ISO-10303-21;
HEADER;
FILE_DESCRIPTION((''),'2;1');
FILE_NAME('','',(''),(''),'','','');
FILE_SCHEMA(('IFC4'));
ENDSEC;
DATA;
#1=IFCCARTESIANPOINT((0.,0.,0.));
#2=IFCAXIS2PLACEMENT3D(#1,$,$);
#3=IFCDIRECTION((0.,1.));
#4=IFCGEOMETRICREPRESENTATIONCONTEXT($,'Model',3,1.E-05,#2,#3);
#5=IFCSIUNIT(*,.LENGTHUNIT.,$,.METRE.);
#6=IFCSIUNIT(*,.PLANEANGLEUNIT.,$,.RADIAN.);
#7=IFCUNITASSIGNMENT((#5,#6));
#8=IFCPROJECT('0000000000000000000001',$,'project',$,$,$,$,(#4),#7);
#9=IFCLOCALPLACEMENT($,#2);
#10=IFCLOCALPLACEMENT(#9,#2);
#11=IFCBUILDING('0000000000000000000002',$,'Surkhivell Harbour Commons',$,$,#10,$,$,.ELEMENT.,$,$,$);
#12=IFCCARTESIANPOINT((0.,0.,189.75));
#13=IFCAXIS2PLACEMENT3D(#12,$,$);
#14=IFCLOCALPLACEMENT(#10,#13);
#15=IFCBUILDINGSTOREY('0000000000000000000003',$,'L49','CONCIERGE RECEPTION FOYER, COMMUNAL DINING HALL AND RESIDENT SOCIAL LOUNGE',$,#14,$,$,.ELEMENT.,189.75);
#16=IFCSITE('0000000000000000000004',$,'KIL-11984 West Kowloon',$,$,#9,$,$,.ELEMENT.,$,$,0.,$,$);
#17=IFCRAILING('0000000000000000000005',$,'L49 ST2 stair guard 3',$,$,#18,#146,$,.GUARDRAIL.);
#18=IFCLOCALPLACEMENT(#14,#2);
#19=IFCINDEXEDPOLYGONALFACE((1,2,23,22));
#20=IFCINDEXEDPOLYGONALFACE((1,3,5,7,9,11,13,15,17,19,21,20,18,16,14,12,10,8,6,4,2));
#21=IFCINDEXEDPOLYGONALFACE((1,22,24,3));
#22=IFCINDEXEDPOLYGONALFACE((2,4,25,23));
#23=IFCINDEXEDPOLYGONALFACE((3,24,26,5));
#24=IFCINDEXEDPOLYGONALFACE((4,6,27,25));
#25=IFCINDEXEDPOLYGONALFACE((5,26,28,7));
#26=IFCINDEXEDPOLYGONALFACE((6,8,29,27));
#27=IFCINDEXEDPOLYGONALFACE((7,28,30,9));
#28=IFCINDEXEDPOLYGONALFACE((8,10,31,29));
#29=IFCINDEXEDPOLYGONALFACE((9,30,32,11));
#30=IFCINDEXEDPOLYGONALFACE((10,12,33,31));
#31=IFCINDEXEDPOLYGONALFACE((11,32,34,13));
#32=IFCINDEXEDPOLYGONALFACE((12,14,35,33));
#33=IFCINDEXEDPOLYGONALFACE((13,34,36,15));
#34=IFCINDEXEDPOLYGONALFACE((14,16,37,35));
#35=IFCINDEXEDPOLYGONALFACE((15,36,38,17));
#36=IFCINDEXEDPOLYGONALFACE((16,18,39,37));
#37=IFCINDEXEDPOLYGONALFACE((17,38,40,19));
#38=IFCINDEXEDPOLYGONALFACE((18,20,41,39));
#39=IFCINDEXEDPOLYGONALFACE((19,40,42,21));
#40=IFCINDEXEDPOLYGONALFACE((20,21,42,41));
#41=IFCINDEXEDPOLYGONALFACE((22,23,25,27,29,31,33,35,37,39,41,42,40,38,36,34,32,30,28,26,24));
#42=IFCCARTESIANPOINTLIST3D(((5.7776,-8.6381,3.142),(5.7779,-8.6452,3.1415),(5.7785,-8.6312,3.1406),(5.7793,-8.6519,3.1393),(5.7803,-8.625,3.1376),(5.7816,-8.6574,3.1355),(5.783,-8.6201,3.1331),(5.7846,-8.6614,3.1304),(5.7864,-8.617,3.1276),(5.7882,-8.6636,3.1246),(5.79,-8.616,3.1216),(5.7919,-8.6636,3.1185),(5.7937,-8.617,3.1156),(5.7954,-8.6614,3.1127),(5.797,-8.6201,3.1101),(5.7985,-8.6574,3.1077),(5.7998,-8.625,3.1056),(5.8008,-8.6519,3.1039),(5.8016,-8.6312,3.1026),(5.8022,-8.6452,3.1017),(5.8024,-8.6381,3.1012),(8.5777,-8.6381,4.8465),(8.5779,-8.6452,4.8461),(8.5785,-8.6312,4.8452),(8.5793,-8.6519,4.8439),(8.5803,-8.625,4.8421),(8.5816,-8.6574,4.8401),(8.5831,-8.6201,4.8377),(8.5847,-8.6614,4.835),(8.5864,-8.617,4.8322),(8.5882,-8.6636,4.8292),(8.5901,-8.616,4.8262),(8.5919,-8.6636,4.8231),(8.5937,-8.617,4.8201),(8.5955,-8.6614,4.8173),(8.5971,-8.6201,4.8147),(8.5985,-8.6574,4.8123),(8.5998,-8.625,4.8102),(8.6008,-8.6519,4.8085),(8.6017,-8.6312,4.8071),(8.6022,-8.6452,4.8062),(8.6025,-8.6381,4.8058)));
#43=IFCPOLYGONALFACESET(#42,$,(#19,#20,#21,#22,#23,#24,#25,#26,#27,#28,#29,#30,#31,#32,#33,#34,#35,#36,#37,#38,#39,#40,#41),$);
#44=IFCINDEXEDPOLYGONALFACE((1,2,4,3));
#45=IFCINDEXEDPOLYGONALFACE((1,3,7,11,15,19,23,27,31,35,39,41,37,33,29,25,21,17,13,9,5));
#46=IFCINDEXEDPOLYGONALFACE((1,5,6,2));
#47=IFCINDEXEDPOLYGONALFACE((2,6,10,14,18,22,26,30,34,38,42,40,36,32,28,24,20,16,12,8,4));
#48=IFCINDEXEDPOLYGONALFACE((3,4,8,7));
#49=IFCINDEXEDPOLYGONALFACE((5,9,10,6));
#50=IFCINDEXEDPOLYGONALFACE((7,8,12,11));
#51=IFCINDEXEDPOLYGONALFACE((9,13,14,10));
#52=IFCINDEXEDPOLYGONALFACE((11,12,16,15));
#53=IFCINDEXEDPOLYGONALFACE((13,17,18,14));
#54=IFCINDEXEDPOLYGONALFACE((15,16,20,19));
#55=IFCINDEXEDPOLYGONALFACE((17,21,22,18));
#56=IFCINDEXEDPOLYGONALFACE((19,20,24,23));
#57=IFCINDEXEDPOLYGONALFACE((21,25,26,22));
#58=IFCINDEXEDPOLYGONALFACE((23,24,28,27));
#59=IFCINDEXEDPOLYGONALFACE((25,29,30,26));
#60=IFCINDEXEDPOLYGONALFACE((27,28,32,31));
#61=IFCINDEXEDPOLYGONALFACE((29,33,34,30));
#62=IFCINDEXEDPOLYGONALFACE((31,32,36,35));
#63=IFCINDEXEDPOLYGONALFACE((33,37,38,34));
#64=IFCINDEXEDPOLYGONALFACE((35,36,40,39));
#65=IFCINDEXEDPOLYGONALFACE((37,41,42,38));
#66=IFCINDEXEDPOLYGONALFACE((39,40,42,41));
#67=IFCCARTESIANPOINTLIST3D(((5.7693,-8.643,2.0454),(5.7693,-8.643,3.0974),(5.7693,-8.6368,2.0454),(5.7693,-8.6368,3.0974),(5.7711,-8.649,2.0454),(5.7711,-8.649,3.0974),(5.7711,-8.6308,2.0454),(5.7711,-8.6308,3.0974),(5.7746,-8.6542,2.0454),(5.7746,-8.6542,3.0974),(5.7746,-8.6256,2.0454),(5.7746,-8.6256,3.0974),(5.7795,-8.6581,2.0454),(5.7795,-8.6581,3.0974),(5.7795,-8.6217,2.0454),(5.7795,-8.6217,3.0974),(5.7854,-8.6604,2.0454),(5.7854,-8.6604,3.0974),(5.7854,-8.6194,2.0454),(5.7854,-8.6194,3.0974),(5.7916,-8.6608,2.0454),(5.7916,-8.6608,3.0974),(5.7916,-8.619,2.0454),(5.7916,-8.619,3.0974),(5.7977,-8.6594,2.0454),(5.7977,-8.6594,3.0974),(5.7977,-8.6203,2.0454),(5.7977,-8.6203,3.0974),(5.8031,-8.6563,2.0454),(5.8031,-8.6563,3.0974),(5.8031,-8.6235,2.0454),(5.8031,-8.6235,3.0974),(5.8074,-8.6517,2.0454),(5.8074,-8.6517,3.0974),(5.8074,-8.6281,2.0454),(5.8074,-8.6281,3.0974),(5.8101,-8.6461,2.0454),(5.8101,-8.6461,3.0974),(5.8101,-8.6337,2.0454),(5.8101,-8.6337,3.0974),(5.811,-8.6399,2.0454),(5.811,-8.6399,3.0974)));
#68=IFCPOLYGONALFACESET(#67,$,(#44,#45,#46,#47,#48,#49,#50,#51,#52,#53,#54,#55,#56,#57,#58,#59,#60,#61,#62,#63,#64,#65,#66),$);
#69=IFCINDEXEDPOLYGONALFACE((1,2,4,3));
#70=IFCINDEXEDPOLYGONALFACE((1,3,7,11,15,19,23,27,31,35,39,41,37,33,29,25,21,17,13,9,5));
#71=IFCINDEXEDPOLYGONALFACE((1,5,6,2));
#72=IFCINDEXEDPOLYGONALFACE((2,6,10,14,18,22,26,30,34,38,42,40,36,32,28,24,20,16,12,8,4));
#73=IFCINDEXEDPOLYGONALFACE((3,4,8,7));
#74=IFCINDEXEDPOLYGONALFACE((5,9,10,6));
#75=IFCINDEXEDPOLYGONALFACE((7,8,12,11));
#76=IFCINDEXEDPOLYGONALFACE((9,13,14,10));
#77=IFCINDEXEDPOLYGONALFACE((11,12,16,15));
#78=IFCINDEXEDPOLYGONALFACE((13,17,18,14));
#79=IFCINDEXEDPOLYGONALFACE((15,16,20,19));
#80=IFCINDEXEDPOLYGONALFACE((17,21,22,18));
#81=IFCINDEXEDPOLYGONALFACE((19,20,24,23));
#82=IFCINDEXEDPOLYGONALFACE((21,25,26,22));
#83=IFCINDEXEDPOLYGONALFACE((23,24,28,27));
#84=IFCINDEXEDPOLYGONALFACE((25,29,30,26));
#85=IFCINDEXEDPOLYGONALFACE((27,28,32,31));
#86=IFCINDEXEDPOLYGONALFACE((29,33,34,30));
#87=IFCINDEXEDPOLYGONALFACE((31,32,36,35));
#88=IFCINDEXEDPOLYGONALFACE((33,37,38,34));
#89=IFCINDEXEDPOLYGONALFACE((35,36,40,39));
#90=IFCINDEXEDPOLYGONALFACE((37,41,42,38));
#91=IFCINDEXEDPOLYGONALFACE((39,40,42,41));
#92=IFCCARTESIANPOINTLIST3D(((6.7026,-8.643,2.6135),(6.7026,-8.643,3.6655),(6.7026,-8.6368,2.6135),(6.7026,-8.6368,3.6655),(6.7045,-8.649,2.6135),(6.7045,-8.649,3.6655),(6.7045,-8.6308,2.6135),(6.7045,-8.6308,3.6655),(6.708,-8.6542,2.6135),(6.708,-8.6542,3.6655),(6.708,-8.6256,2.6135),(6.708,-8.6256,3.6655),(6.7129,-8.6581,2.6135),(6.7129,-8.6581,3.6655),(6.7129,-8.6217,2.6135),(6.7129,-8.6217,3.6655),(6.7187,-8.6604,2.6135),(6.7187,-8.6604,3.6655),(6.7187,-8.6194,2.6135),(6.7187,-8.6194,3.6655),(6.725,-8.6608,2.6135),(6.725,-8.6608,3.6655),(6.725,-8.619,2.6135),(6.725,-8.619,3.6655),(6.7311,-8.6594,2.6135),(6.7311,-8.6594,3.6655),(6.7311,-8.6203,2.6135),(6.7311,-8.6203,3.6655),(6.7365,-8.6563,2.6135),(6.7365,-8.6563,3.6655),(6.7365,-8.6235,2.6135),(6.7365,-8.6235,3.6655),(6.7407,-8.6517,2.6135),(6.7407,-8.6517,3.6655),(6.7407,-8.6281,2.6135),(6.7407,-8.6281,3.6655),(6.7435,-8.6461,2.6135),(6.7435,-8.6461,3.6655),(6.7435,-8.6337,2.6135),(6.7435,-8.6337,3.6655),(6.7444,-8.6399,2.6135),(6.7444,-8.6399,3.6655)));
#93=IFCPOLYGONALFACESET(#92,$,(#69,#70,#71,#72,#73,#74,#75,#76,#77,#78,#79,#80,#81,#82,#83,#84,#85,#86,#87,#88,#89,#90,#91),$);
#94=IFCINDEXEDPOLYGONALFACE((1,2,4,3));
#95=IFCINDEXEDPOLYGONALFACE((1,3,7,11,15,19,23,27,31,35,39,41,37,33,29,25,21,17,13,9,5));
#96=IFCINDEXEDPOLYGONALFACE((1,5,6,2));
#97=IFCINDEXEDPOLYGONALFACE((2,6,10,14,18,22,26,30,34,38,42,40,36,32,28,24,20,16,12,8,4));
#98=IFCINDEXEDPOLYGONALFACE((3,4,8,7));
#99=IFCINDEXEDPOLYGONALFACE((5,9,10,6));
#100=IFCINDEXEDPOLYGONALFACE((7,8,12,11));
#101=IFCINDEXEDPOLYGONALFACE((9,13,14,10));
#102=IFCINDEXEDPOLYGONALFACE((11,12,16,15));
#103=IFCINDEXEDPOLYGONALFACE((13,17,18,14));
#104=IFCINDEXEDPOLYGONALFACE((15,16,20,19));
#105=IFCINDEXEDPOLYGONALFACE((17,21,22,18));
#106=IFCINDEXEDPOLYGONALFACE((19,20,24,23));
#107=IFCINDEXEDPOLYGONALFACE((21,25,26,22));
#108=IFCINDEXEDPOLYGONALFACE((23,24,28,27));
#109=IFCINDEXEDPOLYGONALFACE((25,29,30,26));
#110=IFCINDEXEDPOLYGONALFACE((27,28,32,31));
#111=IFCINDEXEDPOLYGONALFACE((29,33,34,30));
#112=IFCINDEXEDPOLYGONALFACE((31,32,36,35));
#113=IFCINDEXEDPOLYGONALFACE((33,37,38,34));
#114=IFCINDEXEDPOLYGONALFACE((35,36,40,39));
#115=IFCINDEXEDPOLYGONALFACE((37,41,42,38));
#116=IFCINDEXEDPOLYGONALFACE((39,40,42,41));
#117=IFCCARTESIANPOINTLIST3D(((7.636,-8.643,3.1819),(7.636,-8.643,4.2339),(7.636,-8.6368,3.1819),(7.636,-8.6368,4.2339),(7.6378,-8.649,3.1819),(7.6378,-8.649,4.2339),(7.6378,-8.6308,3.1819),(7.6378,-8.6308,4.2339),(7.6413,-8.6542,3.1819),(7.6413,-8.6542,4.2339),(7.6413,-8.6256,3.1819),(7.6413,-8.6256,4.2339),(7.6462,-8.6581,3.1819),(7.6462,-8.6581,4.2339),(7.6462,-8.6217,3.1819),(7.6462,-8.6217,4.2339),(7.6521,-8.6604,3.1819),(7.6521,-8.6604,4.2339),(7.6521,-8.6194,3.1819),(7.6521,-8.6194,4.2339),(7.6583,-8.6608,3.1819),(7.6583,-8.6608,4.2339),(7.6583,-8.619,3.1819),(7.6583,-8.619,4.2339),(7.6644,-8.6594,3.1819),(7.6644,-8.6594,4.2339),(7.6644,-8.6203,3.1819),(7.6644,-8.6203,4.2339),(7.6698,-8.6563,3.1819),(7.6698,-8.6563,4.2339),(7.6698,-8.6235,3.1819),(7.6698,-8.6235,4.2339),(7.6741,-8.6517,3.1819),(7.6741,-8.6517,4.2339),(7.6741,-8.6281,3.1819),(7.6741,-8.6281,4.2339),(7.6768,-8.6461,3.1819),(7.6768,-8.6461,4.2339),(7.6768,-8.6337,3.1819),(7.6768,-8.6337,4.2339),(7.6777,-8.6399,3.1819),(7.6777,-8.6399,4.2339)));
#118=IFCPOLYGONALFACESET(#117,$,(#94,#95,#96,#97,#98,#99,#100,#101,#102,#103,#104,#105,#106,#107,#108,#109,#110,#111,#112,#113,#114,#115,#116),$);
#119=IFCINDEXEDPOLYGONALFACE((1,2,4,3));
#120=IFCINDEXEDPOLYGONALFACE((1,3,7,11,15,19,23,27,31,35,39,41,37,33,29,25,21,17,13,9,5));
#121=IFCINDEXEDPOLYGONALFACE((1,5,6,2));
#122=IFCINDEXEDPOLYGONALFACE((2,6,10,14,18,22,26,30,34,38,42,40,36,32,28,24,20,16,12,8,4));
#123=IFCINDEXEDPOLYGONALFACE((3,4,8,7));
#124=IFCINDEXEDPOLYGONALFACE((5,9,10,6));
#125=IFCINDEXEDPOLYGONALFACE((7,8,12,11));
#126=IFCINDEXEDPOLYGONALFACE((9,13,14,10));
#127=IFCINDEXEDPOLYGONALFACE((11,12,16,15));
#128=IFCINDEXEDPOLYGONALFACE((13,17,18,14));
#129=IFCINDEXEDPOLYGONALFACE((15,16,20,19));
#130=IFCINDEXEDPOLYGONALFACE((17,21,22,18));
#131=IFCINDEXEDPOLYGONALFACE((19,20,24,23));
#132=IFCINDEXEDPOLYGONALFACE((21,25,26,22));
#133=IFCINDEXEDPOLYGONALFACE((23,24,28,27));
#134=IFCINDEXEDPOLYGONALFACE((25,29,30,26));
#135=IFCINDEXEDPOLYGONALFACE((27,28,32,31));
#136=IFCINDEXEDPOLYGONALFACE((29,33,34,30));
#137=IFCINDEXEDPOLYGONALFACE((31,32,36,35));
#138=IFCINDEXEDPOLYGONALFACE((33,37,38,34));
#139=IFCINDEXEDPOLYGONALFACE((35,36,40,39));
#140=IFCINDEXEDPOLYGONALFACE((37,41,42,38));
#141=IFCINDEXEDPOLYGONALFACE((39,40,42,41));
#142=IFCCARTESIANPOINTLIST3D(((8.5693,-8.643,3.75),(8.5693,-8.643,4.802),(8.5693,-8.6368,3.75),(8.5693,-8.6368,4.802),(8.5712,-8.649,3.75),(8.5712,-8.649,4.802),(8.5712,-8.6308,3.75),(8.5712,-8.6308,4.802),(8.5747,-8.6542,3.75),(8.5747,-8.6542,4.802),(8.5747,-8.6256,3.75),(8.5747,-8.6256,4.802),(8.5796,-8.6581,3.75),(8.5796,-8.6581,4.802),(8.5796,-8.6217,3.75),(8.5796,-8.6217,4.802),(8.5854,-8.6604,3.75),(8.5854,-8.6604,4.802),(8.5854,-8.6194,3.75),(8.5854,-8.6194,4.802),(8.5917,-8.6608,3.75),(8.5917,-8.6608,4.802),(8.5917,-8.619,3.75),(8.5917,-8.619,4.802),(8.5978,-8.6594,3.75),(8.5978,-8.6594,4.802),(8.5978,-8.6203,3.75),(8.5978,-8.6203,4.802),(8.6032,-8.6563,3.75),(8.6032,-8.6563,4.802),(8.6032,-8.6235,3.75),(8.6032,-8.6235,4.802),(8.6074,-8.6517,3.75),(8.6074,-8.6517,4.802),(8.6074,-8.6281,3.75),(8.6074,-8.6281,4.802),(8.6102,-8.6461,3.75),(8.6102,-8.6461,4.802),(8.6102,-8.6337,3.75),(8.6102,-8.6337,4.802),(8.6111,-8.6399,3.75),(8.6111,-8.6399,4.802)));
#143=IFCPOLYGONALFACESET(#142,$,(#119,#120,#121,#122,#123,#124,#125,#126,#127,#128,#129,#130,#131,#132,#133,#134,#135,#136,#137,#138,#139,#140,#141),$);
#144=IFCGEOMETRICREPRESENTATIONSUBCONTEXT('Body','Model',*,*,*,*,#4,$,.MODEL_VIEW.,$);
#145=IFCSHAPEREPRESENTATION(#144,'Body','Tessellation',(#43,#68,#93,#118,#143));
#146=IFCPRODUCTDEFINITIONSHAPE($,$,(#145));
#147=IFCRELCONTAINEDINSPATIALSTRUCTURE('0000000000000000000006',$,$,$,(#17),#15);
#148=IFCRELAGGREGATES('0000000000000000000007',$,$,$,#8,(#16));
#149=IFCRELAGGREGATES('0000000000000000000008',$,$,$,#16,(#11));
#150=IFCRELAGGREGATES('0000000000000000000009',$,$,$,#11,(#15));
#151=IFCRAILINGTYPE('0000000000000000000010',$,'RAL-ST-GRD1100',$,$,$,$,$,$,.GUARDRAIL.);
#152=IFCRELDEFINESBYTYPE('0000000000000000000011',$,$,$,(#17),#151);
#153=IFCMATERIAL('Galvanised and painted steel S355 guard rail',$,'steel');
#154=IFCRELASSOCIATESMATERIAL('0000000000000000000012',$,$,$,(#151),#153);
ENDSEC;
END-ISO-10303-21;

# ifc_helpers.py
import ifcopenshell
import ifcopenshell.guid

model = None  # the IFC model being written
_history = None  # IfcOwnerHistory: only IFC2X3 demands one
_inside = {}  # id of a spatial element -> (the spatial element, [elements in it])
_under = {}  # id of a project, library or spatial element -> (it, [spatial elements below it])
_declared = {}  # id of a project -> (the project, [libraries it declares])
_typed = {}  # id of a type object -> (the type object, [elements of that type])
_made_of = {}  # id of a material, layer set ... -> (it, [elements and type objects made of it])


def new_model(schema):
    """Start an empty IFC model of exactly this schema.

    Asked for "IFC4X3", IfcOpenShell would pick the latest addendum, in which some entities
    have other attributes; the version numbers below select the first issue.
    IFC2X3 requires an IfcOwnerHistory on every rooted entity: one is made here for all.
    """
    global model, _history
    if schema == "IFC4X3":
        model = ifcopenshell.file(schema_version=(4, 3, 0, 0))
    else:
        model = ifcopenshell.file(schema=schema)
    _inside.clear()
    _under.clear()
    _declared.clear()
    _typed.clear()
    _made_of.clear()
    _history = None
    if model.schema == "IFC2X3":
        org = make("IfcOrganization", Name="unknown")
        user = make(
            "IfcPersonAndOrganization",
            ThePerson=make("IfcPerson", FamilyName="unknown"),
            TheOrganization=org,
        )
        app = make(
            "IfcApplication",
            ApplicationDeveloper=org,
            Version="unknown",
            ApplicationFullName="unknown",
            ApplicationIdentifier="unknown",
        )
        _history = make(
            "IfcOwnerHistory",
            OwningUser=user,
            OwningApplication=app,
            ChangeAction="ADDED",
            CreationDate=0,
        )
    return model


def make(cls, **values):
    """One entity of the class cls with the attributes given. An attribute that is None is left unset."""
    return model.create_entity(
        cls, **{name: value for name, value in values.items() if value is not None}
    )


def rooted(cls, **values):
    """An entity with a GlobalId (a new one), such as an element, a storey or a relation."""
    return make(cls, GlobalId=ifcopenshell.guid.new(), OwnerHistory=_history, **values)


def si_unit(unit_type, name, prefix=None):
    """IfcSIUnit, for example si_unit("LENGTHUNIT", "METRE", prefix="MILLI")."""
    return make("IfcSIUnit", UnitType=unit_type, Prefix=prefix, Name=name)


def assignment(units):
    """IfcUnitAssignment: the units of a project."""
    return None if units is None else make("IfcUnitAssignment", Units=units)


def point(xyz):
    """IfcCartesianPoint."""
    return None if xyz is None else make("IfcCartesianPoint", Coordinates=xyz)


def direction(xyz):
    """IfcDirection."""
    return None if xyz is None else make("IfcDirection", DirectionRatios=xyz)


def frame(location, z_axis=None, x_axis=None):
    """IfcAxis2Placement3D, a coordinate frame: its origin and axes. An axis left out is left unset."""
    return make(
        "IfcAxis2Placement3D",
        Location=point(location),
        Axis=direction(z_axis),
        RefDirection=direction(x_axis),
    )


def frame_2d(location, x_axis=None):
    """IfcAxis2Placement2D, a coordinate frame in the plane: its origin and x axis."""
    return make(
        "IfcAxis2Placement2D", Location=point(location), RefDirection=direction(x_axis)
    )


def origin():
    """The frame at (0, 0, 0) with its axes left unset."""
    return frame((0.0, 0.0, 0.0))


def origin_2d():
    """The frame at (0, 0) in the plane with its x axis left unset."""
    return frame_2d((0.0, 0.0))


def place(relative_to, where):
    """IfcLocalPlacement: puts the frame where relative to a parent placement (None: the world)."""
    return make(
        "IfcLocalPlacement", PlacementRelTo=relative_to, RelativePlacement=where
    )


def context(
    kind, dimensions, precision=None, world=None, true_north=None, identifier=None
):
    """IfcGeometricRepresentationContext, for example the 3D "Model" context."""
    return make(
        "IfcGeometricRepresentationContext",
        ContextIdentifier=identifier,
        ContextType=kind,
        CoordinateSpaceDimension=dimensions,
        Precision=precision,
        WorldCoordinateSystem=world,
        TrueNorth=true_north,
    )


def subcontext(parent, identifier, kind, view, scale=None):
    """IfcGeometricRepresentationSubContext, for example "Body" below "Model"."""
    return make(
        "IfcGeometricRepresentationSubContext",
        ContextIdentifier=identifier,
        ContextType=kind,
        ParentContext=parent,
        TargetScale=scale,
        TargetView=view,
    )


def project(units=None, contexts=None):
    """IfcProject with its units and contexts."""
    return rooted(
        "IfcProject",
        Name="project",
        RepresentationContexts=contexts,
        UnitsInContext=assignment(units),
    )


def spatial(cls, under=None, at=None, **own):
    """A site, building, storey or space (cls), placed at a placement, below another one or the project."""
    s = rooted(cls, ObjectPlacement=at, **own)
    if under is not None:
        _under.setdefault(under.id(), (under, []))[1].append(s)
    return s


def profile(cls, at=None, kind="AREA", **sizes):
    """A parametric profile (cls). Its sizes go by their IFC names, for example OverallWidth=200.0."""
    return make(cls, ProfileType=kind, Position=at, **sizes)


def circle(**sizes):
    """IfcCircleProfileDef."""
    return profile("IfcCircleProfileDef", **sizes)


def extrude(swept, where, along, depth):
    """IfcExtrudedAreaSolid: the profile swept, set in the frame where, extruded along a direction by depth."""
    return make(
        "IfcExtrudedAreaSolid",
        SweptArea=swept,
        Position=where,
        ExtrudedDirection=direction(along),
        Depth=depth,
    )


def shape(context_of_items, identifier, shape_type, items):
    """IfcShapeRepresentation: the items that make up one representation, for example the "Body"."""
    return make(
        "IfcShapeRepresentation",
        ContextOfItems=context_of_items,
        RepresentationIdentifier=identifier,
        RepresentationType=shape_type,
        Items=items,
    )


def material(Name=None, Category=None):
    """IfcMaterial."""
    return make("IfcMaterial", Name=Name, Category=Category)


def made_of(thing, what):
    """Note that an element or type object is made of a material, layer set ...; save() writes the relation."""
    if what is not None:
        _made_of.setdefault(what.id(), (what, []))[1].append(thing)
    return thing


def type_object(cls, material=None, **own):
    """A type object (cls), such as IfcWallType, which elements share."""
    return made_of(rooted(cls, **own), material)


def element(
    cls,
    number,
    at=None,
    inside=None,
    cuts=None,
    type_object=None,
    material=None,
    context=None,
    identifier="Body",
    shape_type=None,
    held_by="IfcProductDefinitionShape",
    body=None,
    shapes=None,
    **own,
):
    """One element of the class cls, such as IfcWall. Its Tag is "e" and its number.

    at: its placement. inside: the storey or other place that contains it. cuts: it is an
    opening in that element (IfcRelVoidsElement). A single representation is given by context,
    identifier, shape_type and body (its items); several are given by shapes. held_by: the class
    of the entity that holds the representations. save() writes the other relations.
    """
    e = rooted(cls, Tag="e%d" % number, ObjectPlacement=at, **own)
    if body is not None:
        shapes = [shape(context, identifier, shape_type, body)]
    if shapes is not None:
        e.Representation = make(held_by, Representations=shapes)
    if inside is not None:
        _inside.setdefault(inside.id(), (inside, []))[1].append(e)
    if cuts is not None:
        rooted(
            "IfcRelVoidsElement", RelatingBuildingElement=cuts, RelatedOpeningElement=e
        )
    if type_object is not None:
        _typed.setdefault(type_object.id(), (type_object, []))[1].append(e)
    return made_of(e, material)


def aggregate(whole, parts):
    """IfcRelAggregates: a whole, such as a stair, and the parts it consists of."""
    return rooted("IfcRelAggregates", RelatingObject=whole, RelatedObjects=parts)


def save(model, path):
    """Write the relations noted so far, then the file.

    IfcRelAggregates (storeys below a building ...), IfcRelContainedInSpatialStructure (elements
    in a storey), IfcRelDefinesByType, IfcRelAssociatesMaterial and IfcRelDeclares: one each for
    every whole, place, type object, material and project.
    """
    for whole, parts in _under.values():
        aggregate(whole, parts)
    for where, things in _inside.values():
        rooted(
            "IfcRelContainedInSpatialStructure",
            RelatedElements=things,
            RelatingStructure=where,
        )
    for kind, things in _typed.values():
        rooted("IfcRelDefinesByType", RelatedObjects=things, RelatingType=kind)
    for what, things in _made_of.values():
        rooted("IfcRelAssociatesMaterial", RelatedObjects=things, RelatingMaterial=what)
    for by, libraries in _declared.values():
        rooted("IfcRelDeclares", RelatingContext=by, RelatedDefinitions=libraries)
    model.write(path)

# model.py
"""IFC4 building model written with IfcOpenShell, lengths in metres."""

from ifc_helpers import new_model, si_unit, direction, frame, origin, origin_2d, place, context, subcontext, project, spatial, circle, extrude, material, type_object, element, save


model = new_model("IFC4")

# Units and contexts
model_context = context("Model", 3, precision=1e-05, world=origin(), true_north=direction((0.0, 1.0)))
body_context = subcontext(model_context, "Body", "Model", "MODEL_VIEW")
ifc_project = project(units=[si_unit("LENGTHUNIT", "METRE"), si_unit("PLANEANGLEUNIT", "RADIAN")], contexts=[model_context])

# Site, building, storey
site_placement = place(None, origin())
site = spatial("IfcSite", under=ifc_project, at=site_placement, Name="KIL-11984 West Kowloon", CompositionType="ELEMENT", RefElevation=0.0)
building_placement = place(site_placement, origin())
building = spatial("IfcBuilding", under=site, at=building_placement, Name="Surkhivell Harbour Commons", CompositionType="ELEMENT")
storey_placement = place(building_placement, frame((0.0, 0.0, 189.75)))
storey = spatial("IfcBuildingStorey", under=building, at=storey_placement, Name="L49", Description="CONCIERGE RECEPTION FOYER, COMMUNAL DINING HALL AND RESIDENT SOCIAL LOUNGE", CompositionType="ELEMENT", Elevation=189.75)

# Railing
ifc_material_1 = material(Name="Galvanised and painted steel S355 guard rail", Category="steel")
railing_type_1 = type_object("IfcRailingType", Name="RAL-ST-GRD1100", PredefinedType="GUARDRAIL", material=ifc_material_1)
railing_1_placement = place(storey_placement, frame((5.79, -8.6399, 2.0454)))
element("IfcRailing", 1, at=railing_1_placement, inside=storey, type_object=railing_type_1, Name="L49 ST2 stair guard 3", PredefinedType="GUARDRAIL", context=body_context, shape_type="SweptSolid", body=[
    extrude(circle(Radius=0.0239, at=origin_2d()), frame((0.0, 0.0, 1.0762), z_axis=(0.85417, 0.0, 0.519994), x_axis=(0.0, 1.0, 0.0)), (0.0, 0.0, 1.0), 3.2781),
    extrude(circle(Radius=0.021, at=origin_2d()), origin(), (0.0, 0.0, 1.0), 1.052),
    extrude(circle(Radius=0.021, at=origin_2d()), frame((0.9333, 0.0, 0.5681)), (0.0, 0.0, 1.0), 1.052),
    extrude(circle(Radius=0.021, at=origin_2d()), frame((1.8667, 0.0, 1.1365)), (0.0, 0.0, 1.0), 1.052),
    extrude(circle(Radius=0.021, at=origin_2d()), frame((2.8, 0.0, 1.7046)), (0.0, 0.0, 1.0), 1.052),
])

save(model, "model.ifc")
